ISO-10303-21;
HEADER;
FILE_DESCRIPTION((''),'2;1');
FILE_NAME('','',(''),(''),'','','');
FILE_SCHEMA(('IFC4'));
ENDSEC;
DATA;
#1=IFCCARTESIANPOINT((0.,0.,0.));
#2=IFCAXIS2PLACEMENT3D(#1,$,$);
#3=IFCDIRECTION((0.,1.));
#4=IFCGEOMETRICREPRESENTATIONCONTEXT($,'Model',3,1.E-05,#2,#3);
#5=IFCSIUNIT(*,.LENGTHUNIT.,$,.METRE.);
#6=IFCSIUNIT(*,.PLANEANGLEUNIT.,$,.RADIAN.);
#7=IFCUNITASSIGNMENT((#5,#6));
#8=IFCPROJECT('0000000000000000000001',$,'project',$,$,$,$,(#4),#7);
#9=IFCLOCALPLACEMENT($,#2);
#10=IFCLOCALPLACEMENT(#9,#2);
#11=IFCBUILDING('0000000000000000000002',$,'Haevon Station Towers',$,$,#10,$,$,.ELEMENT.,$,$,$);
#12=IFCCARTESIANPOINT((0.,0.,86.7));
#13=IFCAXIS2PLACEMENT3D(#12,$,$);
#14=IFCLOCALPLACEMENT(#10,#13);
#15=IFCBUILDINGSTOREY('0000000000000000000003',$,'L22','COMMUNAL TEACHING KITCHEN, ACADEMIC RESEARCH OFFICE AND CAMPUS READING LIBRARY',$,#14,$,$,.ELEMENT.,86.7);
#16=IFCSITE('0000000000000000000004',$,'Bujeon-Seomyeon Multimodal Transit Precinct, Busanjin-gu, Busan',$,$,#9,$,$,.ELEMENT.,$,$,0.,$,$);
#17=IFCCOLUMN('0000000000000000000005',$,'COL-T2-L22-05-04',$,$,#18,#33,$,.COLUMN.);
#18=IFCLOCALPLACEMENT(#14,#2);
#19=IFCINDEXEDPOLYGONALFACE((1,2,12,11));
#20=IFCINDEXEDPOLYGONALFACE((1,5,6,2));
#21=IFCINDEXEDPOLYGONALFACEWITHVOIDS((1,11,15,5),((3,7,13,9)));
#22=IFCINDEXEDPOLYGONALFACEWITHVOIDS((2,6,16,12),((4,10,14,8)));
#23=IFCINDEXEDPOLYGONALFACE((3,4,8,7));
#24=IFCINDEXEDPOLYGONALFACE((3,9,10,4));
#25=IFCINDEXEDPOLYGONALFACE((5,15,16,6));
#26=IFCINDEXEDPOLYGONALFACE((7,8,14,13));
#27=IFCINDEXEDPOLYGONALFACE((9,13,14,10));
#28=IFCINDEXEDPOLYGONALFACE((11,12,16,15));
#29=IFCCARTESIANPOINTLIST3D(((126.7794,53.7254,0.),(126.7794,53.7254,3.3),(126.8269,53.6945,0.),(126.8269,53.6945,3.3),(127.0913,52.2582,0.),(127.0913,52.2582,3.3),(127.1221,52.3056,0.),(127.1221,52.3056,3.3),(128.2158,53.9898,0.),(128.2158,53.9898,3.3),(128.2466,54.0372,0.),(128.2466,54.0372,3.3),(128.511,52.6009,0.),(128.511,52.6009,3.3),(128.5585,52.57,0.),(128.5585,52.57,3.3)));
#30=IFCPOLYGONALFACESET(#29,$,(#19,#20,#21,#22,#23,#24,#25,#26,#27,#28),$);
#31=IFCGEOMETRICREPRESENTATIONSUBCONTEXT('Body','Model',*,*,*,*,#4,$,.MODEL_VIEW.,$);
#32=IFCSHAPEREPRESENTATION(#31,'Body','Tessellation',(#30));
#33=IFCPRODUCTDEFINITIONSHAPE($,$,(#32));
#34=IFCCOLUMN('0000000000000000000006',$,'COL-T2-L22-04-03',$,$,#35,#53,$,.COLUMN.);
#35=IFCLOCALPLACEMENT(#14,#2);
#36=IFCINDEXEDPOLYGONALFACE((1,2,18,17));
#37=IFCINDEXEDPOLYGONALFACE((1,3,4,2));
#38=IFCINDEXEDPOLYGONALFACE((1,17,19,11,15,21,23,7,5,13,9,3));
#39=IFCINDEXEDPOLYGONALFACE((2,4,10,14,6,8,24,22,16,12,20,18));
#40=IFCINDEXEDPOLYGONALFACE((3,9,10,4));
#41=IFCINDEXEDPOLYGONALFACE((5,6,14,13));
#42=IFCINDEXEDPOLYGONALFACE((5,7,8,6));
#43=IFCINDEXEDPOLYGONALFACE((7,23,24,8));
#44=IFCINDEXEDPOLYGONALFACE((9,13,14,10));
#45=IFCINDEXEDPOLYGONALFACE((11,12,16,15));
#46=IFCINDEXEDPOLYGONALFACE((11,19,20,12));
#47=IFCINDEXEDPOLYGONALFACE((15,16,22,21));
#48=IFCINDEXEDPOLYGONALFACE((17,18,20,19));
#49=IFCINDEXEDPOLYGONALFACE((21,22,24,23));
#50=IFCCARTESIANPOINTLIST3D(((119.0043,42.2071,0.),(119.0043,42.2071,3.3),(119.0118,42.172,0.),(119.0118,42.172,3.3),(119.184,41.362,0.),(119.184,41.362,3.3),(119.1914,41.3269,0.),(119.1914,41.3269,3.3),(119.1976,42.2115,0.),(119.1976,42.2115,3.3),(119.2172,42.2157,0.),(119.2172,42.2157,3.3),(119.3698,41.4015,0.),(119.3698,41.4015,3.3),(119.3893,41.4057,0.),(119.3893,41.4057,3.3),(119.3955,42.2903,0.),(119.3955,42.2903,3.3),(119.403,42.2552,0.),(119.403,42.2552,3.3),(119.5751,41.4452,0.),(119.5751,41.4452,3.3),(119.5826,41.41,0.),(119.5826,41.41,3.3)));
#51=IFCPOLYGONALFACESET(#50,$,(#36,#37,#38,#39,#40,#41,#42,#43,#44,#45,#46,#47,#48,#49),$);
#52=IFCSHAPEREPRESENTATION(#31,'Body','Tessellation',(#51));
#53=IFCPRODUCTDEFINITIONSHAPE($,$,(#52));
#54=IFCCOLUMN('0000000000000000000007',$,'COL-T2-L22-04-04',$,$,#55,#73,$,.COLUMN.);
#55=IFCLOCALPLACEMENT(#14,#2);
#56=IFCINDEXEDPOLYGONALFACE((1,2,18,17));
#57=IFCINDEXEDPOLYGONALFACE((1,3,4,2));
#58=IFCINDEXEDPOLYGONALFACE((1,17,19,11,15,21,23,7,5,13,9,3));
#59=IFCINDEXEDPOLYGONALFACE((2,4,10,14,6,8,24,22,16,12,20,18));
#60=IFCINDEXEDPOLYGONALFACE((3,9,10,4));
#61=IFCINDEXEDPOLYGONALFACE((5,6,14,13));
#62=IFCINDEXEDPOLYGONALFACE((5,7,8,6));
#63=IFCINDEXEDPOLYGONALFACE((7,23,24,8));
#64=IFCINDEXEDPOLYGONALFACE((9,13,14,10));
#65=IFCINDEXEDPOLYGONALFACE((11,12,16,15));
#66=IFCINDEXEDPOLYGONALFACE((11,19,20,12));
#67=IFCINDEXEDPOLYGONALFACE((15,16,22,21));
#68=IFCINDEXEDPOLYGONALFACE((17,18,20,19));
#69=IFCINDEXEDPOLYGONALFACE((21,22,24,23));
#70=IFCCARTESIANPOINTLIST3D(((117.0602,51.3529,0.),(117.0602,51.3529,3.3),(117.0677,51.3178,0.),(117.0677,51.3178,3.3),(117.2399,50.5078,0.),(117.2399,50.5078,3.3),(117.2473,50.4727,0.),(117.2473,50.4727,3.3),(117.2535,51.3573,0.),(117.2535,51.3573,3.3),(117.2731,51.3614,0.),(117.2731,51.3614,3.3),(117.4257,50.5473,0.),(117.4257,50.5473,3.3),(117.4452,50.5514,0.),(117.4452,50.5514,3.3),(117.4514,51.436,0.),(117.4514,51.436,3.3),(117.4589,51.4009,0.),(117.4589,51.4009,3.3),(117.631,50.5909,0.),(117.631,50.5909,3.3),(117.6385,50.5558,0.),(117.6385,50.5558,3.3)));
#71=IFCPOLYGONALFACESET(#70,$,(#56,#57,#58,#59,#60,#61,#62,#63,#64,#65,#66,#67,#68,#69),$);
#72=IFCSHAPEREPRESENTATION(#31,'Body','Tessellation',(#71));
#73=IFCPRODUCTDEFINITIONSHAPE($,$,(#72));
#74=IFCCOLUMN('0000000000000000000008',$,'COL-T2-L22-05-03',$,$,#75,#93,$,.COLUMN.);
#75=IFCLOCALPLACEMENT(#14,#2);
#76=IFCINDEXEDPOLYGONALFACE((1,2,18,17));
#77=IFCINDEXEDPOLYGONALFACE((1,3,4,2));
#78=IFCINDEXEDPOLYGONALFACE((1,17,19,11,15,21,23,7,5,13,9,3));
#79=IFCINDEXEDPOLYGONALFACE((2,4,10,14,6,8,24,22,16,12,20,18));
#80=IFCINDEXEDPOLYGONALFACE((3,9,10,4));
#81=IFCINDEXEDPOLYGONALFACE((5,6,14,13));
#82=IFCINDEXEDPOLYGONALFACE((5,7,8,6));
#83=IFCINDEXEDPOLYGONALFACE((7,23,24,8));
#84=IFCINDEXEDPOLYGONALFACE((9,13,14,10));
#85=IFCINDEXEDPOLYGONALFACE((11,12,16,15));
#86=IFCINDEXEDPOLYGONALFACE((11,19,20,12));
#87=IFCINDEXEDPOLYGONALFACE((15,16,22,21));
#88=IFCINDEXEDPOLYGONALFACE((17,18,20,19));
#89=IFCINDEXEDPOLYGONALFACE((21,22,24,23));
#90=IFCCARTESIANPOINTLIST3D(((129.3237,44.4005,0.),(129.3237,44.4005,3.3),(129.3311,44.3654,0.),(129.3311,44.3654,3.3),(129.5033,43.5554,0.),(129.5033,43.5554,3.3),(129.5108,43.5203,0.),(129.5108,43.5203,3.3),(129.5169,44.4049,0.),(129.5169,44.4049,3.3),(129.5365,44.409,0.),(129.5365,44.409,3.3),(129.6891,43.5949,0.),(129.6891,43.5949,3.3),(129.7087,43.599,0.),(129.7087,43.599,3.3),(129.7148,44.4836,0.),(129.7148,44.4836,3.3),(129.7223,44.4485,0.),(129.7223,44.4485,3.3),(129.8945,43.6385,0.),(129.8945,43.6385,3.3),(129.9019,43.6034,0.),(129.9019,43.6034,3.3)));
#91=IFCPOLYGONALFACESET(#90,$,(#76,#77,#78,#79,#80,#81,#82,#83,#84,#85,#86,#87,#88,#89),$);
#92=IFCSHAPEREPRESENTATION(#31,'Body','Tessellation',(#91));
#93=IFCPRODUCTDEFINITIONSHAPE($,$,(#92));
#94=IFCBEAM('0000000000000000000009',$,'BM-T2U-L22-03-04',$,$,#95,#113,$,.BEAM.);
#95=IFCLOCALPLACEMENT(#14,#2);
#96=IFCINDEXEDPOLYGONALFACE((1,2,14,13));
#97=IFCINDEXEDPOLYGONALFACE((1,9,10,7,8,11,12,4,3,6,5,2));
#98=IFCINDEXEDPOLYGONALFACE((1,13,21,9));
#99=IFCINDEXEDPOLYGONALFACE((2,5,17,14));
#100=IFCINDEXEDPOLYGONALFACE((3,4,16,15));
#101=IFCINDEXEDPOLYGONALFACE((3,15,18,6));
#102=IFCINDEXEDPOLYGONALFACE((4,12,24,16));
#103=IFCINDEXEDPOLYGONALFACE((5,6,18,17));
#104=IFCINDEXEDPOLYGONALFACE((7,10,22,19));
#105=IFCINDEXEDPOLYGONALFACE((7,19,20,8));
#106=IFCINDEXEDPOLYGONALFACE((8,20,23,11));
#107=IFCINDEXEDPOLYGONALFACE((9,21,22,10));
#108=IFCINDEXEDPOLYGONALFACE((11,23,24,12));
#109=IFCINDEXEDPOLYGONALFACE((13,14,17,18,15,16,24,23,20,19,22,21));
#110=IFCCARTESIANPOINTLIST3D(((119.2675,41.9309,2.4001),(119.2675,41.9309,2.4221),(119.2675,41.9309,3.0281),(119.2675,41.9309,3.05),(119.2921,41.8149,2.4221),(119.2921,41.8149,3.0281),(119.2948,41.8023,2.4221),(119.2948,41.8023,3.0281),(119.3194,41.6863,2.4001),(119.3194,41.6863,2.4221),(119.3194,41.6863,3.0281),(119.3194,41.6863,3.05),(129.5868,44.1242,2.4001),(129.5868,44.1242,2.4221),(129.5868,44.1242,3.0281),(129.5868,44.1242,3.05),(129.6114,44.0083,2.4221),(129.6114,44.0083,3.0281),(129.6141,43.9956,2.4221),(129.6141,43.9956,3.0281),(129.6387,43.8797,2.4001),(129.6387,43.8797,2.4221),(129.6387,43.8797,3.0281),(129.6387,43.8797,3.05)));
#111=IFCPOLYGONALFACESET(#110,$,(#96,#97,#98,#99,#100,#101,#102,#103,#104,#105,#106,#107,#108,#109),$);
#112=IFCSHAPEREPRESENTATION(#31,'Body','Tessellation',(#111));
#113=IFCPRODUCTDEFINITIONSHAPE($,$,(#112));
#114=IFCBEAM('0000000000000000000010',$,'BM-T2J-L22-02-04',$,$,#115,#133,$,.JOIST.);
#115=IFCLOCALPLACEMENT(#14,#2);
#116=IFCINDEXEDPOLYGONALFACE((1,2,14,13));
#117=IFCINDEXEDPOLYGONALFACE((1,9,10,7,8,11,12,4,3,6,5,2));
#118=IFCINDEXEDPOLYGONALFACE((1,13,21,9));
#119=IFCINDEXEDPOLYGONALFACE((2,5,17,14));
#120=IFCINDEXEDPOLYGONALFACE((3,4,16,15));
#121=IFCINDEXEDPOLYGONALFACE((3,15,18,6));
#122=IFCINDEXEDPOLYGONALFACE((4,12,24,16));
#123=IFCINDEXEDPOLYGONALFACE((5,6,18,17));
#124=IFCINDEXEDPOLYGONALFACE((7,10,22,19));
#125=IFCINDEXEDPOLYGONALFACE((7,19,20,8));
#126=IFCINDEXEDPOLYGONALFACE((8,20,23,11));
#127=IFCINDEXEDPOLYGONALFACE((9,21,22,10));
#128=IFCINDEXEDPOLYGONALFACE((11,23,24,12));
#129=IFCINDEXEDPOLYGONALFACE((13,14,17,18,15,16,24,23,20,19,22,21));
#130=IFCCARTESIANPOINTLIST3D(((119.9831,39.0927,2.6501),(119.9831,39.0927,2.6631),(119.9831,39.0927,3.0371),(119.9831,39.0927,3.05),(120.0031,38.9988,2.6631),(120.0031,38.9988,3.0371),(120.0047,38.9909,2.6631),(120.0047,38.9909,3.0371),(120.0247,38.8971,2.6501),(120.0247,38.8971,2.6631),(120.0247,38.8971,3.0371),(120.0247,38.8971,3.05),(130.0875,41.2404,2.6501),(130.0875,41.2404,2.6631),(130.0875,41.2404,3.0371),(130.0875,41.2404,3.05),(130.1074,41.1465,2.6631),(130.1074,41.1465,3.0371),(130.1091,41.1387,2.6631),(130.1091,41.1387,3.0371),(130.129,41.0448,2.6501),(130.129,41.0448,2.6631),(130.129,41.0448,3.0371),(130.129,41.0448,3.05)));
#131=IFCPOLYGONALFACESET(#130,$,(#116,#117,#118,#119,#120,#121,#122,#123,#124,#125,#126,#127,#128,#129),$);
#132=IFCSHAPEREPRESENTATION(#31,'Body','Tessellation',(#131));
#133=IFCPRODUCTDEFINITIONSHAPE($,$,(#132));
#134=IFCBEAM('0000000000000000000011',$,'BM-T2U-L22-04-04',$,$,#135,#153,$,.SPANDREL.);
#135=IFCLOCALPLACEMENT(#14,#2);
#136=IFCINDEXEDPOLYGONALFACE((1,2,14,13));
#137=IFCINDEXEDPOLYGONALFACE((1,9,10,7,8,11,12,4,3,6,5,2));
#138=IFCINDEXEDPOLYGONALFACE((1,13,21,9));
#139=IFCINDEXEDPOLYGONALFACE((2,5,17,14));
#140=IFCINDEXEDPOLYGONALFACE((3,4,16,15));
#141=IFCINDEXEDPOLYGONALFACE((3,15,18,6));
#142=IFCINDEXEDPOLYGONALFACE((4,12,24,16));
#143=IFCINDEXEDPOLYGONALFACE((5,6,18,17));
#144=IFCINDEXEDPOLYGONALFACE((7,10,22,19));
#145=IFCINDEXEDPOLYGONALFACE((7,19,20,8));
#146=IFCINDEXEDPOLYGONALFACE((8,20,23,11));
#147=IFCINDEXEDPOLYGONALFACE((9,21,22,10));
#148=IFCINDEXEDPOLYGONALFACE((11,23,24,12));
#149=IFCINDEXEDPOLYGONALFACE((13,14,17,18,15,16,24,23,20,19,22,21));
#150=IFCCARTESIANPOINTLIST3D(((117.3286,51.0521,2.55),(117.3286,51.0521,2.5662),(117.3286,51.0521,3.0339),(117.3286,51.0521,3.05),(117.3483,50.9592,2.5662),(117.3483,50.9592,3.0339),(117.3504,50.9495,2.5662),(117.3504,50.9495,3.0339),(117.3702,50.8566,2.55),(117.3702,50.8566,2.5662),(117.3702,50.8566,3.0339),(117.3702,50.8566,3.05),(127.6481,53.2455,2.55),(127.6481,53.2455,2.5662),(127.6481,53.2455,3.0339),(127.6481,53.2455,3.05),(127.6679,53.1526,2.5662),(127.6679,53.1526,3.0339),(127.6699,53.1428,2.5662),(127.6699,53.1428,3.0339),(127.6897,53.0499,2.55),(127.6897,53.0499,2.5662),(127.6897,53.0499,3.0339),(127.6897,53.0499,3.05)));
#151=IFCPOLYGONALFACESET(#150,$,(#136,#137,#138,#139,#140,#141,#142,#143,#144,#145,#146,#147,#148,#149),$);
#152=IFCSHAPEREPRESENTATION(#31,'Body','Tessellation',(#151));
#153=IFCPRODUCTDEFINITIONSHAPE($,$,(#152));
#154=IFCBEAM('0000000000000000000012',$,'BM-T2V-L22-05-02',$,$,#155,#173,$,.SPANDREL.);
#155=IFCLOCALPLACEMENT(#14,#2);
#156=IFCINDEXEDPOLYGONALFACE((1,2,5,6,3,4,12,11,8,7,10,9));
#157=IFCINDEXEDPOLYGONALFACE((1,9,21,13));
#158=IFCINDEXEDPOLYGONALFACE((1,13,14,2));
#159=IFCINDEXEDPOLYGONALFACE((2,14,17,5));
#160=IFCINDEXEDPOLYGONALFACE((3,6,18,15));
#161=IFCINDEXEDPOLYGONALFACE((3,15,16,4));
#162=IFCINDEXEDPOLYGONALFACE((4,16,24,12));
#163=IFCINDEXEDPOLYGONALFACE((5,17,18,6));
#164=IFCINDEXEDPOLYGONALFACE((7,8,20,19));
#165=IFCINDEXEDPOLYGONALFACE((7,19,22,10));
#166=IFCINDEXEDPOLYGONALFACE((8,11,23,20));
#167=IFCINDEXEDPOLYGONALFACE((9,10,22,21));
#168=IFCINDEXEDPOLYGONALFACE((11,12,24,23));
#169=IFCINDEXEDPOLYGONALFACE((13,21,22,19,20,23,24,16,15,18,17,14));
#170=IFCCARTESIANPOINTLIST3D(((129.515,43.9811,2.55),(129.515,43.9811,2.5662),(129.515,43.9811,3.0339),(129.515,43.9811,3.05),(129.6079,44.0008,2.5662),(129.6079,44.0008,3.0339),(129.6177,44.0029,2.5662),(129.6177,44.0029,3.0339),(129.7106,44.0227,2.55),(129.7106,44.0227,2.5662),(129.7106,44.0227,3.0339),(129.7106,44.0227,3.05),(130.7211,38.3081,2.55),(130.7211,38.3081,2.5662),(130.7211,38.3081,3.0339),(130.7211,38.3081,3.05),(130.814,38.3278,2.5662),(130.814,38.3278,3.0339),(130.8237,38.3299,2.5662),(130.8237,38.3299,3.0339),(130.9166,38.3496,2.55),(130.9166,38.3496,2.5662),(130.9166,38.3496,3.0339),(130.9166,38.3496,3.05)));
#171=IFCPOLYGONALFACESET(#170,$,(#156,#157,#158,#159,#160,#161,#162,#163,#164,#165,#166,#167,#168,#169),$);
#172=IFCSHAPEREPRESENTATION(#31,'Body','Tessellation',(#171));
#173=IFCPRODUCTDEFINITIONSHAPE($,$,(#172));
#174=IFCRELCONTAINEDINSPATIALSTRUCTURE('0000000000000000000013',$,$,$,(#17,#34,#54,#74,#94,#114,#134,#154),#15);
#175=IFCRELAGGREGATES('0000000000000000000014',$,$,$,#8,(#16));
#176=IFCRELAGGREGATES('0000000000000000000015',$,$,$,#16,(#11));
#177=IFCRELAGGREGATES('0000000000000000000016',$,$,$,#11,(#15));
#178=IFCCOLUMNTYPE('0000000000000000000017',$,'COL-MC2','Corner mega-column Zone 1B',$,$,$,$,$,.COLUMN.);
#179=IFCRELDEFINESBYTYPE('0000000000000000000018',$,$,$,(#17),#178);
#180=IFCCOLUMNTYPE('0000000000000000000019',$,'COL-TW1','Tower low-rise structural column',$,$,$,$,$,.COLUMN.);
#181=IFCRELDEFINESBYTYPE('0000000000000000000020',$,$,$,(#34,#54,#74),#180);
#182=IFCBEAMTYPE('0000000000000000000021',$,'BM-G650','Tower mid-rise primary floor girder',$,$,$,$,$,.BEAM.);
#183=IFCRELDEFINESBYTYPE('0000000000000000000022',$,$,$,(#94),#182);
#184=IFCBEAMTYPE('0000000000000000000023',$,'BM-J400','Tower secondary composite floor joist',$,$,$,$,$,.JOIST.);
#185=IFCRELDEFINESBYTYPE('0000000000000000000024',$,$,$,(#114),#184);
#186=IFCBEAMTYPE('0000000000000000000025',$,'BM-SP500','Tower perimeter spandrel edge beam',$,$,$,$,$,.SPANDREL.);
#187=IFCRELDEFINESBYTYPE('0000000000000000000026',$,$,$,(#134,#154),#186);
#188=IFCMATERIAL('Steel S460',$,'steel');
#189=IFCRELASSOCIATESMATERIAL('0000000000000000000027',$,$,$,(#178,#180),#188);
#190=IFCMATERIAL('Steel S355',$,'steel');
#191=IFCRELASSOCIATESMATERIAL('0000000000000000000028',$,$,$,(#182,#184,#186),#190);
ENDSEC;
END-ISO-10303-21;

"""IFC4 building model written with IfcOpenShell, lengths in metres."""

from ifc_helpers import new_model, si_unit, direction, frame, origin, origin_2d, place, context, subcontext, project, spatial, hollow_rectangle, i_section, extrude, material, material_profile, profile_set, type_object, element, save


model = new_model("IFC4")

# Units and contexts
model_context = context("Model", 3, precision=1e-05, world=origin(), true_north=direction((0.0, 1.0)))
body_context = subcontext(model_context, "Body", "Model", "MODEL_VIEW")
ifc_project = project(units=[si_unit("LENGTHUNIT", "METRE"), si_unit("PLANEANGLEUNIT", "RADIAN")], contexts=[model_context])

# Site, building, storey
site_placement = place(None, origin())
site = spatial("IfcSite", under=ifc_project, at=site_placement, Name="Bujeon-Seomyeon Multimodal Transit Precinct, Busanjin-gu, Busan", CompositionType="ELEMENT", RefElevation=0.0)
building_placement = place(site_placement, origin())
building = spatial("IfcBuilding", under=site, at=building_placement, Name="Haevon Station Towers", CompositionType="ELEMENT")
storey_placement = place(building_placement, frame((0.0, 0.0, 86.7)))
storey = spatial("IfcBuildingStorey", under=building, at=storey_placement, Name="L22", Description="COMMUNAL TEACHING KITCHEN, ACADEMIC RESEARCH OFFICE AND CAMPUS READING LIBRARY", CompositionType="ELEMENT", Elevation=86.7)

# Columns
ifc_material_1 = material(Name="Steel S460", Category="steel")
ifc_material_profile_1 = material_profile(ifc_material_1, hollow_rectangle(XDim=1.5, YDim=1.5, WallThickness=0.04, at=origin_2d()), Name="BOX-1500x1500x40")
ifc_profile_set_1 = profile_set([ifc_material_profile_1], Name="Steel S460")
column_type_1 = type_object("IfcColumnType", Name="COL-MC2", Description="Corner mega-column Zone 1B", PredefinedType="COLUMN", material=ifc_profile_set_1)
column_placement = place(storey_placement, frame((127.6689, 53.1477, 0.0), z_axis=(0.0, 0.0, 1.0), x_axis=(0.978148, 0.207912, 0.0)))
element("IfcColumn", 1, at=column_placement, inside=storey, type_object=column_type_1, Name="COL-T2-L22-05-04", PredefinedType="COLUMN", context=body_context, shape_type="SweptSolid", body=[
    extrude(hollow_rectangle(XDim=1.5, YDim=1.5, WallThickness=0.04, at=origin_2d()), origin(), (0.0, 0.0, 1.0), 3.3),
])
ifc_material_profile_2 = material_profile(ifc_material_1, i_section(OverallWidth=0.3999, OverallDepth=0.8999, WebThickness=0.02, FlangeThickness=0.0359, at=origin_2d()), Name="H-900x400x20x36")
ifc_profile_set_2 = profile_set([ifc_material_profile_2], Name="Steel S460")
column_type_2 = type_object("IfcColumnType", Name="COL-TW1", Description="Tower low-rise structural column", PredefinedType="COLUMN", material=ifc_profile_set_2)
for number, where, z_axis, x_axis, name in (
    (2, (119.2935, 41.8086, 0.0), (0.0, 0.0, 1.0), (0.978148, 0.207912, 0.0), "COL-T2-L22-04-03"),
    (3, (117.3494, 50.9543, 0.0), (0.0, 0.0, 1.0), (0.978148, 0.207912, 0.0), "COL-T2-L22-04-04"),
    (4, (129.6128, 44.002, 0.0), (0.0, 0.0, 1.0), (0.978148, 0.207912, 0.0), "COL-T2-L22-05-03"),
):
    element("IfcColumn", number, at=place(storey_placement, frame(where, z_axis=z_axis, x_axis=x_axis)), inside=storey, type_object=column_type_2, Name=name, PredefinedType="COLUMN", context=body_context, shape_type="SweptSolid", body=[
        extrude(i_section(OverallWidth=0.3999, OverallDepth=0.8999, WebThickness=0.02, FlangeThickness=0.0359, at=origin_2d()), origin(), (0.0, 0.0, 1.0), 3.3),
    ])

# Beams
ifc_material_2 = material(Name="Steel S355", Category="steel")
ifc_material_profile_3 = material_profile(ifc_material_2, i_section(OverallWidth=0.25, OverallDepth=0.6499, WebThickness=0.0129, FlangeThickness=0.022, at=origin_2d()), Name="H-650x250x13x22")
ifc_profile_set_3 = profile_set([ifc_material_profile_3], Name="Steel S355")
beam_type_1 = type_object("IfcBeamType", Name="BM-G650", Description="Tower mid-rise primary floor girder", PredefinedType="BEAM", material=ifc_profile_set_3)
beam_1_placement = place(storey_placement, frame((119.2935, 41.8086, 2.7251), z_axis=(0.978149, 0.207904, 0.0), x_axis=(-0.207904, 0.978149, 0.0)))
element("IfcBeam", 5, at=beam_1_placement, inside=storey, type_object=beam_type_1, Name="BM-T2U-L22-03-04", PredefinedType="BEAM", context=body_context, shape_type="SweptSolid", body=[
    extrude(i_section(OverallWidth=0.25, OverallDepth=0.6499, WebThickness=0.0129, FlangeThickness=0.022, at=origin_2d()), origin(), (0.0, 0.0, 1.0), 10.5498),
])
ifc_material_profile_4 = material_profile(ifc_material_2, i_section(OverallWidth=0.2, OverallDepth=0.3999, WebThickness=0.0081, FlangeThickness=0.0129, at=origin_2d()), Name="H-400x200x8x13")
ifc_profile_set_4 = profile_set([ifc_material_profile_4], Name="Steel S355")
beam_type_2 = type_object("IfcBeamType", Name="BM-J400", Description="Tower secondary composite floor joist", PredefinedType="JOIST", material=ifc_profile_set_4)
beam_2_placement = place(storey_placement, frame((120.0039, 38.9949, 2.8501), z_axis=(0.978148, 0.20791, 0.0), x_axis=(-0.20791, 0.978148, 0.0)))
element("IfcBeam", 6, at=beam_2_placement, inside=storey, type_object=beam_type_2, Name="BM-T2J-L22-02-04", PredefinedType="JOIST", context=body_context, shape_type="SweptSolid", body=[
    extrude(i_section(OverallWidth=0.2, OverallDepth=0.3999, WebThickness=0.0081, FlangeThickness=0.0129, at=origin_2d()), origin(), (0.0, 0.0, 1.0), 10.3301),
])
ifc_material_profile_5 = material_profile(ifc_material_2, i_section(OverallWidth=0.2, OverallDepth=0.5, WebThickness=0.01, FlangeThickness=0.0161, at=origin_2d()), Name="H-500x200x10x16")
ifc_profile_set_5 = profile_set([ifc_material_profile_5], Name="Steel S355")
beam_type_3 = type_object("IfcBeamType", Name="BM-SP500", Description="Tower perimeter spandrel edge beam", PredefinedType="SPANDREL", material=ifc_profile_set_5)
beam_3_placement = place(storey_placement, frame((117.3494, 50.9543, 2.8), z_axis=(0.97815, 0.207899, 0.0), x_axis=(-0.207899, 0.97815, 0.0)))
element("IfcBeam", 7, at=beam_3_placement, inside=storey, type_object=beam_type_3, Name="BM-T2U-L22-04-04", PredefinedType="SPANDREL", context=body_context, shape_type="SweptSolid", body=[
    extrude(i_section(OverallWidth=0.2, OverallDepth=0.5, WebThickness=0.01, FlangeThickness=0.0161, at=origin_2d()), origin(), (0.0, 0.0, 1.0), 10.55),
])
beam_4_placement = place(storey_placement, frame((130.8188, 38.3289, 2.8), z_axis=(-0.207945, 0.978141, 0.0), x_axis=(-0.978141, -0.207945, 0.0)))
element("IfcBeam", 8, at=beam_4_placement, inside=storey, type_object=beam_type_3, Name="BM-T2V-L22-05-02", PredefinedType="SPANDREL", context=body_context, shape_type="SweptSolid", body=[
    extrude(i_section(OverallWidth=0.2, OverallDepth=0.5, WebThickness=0.01, FlangeThickness=0.0161, at=origin_2d()), origin(), (0.0, 0.0, 1.0), 5.7998),
])

save(model, "model.ifc")
